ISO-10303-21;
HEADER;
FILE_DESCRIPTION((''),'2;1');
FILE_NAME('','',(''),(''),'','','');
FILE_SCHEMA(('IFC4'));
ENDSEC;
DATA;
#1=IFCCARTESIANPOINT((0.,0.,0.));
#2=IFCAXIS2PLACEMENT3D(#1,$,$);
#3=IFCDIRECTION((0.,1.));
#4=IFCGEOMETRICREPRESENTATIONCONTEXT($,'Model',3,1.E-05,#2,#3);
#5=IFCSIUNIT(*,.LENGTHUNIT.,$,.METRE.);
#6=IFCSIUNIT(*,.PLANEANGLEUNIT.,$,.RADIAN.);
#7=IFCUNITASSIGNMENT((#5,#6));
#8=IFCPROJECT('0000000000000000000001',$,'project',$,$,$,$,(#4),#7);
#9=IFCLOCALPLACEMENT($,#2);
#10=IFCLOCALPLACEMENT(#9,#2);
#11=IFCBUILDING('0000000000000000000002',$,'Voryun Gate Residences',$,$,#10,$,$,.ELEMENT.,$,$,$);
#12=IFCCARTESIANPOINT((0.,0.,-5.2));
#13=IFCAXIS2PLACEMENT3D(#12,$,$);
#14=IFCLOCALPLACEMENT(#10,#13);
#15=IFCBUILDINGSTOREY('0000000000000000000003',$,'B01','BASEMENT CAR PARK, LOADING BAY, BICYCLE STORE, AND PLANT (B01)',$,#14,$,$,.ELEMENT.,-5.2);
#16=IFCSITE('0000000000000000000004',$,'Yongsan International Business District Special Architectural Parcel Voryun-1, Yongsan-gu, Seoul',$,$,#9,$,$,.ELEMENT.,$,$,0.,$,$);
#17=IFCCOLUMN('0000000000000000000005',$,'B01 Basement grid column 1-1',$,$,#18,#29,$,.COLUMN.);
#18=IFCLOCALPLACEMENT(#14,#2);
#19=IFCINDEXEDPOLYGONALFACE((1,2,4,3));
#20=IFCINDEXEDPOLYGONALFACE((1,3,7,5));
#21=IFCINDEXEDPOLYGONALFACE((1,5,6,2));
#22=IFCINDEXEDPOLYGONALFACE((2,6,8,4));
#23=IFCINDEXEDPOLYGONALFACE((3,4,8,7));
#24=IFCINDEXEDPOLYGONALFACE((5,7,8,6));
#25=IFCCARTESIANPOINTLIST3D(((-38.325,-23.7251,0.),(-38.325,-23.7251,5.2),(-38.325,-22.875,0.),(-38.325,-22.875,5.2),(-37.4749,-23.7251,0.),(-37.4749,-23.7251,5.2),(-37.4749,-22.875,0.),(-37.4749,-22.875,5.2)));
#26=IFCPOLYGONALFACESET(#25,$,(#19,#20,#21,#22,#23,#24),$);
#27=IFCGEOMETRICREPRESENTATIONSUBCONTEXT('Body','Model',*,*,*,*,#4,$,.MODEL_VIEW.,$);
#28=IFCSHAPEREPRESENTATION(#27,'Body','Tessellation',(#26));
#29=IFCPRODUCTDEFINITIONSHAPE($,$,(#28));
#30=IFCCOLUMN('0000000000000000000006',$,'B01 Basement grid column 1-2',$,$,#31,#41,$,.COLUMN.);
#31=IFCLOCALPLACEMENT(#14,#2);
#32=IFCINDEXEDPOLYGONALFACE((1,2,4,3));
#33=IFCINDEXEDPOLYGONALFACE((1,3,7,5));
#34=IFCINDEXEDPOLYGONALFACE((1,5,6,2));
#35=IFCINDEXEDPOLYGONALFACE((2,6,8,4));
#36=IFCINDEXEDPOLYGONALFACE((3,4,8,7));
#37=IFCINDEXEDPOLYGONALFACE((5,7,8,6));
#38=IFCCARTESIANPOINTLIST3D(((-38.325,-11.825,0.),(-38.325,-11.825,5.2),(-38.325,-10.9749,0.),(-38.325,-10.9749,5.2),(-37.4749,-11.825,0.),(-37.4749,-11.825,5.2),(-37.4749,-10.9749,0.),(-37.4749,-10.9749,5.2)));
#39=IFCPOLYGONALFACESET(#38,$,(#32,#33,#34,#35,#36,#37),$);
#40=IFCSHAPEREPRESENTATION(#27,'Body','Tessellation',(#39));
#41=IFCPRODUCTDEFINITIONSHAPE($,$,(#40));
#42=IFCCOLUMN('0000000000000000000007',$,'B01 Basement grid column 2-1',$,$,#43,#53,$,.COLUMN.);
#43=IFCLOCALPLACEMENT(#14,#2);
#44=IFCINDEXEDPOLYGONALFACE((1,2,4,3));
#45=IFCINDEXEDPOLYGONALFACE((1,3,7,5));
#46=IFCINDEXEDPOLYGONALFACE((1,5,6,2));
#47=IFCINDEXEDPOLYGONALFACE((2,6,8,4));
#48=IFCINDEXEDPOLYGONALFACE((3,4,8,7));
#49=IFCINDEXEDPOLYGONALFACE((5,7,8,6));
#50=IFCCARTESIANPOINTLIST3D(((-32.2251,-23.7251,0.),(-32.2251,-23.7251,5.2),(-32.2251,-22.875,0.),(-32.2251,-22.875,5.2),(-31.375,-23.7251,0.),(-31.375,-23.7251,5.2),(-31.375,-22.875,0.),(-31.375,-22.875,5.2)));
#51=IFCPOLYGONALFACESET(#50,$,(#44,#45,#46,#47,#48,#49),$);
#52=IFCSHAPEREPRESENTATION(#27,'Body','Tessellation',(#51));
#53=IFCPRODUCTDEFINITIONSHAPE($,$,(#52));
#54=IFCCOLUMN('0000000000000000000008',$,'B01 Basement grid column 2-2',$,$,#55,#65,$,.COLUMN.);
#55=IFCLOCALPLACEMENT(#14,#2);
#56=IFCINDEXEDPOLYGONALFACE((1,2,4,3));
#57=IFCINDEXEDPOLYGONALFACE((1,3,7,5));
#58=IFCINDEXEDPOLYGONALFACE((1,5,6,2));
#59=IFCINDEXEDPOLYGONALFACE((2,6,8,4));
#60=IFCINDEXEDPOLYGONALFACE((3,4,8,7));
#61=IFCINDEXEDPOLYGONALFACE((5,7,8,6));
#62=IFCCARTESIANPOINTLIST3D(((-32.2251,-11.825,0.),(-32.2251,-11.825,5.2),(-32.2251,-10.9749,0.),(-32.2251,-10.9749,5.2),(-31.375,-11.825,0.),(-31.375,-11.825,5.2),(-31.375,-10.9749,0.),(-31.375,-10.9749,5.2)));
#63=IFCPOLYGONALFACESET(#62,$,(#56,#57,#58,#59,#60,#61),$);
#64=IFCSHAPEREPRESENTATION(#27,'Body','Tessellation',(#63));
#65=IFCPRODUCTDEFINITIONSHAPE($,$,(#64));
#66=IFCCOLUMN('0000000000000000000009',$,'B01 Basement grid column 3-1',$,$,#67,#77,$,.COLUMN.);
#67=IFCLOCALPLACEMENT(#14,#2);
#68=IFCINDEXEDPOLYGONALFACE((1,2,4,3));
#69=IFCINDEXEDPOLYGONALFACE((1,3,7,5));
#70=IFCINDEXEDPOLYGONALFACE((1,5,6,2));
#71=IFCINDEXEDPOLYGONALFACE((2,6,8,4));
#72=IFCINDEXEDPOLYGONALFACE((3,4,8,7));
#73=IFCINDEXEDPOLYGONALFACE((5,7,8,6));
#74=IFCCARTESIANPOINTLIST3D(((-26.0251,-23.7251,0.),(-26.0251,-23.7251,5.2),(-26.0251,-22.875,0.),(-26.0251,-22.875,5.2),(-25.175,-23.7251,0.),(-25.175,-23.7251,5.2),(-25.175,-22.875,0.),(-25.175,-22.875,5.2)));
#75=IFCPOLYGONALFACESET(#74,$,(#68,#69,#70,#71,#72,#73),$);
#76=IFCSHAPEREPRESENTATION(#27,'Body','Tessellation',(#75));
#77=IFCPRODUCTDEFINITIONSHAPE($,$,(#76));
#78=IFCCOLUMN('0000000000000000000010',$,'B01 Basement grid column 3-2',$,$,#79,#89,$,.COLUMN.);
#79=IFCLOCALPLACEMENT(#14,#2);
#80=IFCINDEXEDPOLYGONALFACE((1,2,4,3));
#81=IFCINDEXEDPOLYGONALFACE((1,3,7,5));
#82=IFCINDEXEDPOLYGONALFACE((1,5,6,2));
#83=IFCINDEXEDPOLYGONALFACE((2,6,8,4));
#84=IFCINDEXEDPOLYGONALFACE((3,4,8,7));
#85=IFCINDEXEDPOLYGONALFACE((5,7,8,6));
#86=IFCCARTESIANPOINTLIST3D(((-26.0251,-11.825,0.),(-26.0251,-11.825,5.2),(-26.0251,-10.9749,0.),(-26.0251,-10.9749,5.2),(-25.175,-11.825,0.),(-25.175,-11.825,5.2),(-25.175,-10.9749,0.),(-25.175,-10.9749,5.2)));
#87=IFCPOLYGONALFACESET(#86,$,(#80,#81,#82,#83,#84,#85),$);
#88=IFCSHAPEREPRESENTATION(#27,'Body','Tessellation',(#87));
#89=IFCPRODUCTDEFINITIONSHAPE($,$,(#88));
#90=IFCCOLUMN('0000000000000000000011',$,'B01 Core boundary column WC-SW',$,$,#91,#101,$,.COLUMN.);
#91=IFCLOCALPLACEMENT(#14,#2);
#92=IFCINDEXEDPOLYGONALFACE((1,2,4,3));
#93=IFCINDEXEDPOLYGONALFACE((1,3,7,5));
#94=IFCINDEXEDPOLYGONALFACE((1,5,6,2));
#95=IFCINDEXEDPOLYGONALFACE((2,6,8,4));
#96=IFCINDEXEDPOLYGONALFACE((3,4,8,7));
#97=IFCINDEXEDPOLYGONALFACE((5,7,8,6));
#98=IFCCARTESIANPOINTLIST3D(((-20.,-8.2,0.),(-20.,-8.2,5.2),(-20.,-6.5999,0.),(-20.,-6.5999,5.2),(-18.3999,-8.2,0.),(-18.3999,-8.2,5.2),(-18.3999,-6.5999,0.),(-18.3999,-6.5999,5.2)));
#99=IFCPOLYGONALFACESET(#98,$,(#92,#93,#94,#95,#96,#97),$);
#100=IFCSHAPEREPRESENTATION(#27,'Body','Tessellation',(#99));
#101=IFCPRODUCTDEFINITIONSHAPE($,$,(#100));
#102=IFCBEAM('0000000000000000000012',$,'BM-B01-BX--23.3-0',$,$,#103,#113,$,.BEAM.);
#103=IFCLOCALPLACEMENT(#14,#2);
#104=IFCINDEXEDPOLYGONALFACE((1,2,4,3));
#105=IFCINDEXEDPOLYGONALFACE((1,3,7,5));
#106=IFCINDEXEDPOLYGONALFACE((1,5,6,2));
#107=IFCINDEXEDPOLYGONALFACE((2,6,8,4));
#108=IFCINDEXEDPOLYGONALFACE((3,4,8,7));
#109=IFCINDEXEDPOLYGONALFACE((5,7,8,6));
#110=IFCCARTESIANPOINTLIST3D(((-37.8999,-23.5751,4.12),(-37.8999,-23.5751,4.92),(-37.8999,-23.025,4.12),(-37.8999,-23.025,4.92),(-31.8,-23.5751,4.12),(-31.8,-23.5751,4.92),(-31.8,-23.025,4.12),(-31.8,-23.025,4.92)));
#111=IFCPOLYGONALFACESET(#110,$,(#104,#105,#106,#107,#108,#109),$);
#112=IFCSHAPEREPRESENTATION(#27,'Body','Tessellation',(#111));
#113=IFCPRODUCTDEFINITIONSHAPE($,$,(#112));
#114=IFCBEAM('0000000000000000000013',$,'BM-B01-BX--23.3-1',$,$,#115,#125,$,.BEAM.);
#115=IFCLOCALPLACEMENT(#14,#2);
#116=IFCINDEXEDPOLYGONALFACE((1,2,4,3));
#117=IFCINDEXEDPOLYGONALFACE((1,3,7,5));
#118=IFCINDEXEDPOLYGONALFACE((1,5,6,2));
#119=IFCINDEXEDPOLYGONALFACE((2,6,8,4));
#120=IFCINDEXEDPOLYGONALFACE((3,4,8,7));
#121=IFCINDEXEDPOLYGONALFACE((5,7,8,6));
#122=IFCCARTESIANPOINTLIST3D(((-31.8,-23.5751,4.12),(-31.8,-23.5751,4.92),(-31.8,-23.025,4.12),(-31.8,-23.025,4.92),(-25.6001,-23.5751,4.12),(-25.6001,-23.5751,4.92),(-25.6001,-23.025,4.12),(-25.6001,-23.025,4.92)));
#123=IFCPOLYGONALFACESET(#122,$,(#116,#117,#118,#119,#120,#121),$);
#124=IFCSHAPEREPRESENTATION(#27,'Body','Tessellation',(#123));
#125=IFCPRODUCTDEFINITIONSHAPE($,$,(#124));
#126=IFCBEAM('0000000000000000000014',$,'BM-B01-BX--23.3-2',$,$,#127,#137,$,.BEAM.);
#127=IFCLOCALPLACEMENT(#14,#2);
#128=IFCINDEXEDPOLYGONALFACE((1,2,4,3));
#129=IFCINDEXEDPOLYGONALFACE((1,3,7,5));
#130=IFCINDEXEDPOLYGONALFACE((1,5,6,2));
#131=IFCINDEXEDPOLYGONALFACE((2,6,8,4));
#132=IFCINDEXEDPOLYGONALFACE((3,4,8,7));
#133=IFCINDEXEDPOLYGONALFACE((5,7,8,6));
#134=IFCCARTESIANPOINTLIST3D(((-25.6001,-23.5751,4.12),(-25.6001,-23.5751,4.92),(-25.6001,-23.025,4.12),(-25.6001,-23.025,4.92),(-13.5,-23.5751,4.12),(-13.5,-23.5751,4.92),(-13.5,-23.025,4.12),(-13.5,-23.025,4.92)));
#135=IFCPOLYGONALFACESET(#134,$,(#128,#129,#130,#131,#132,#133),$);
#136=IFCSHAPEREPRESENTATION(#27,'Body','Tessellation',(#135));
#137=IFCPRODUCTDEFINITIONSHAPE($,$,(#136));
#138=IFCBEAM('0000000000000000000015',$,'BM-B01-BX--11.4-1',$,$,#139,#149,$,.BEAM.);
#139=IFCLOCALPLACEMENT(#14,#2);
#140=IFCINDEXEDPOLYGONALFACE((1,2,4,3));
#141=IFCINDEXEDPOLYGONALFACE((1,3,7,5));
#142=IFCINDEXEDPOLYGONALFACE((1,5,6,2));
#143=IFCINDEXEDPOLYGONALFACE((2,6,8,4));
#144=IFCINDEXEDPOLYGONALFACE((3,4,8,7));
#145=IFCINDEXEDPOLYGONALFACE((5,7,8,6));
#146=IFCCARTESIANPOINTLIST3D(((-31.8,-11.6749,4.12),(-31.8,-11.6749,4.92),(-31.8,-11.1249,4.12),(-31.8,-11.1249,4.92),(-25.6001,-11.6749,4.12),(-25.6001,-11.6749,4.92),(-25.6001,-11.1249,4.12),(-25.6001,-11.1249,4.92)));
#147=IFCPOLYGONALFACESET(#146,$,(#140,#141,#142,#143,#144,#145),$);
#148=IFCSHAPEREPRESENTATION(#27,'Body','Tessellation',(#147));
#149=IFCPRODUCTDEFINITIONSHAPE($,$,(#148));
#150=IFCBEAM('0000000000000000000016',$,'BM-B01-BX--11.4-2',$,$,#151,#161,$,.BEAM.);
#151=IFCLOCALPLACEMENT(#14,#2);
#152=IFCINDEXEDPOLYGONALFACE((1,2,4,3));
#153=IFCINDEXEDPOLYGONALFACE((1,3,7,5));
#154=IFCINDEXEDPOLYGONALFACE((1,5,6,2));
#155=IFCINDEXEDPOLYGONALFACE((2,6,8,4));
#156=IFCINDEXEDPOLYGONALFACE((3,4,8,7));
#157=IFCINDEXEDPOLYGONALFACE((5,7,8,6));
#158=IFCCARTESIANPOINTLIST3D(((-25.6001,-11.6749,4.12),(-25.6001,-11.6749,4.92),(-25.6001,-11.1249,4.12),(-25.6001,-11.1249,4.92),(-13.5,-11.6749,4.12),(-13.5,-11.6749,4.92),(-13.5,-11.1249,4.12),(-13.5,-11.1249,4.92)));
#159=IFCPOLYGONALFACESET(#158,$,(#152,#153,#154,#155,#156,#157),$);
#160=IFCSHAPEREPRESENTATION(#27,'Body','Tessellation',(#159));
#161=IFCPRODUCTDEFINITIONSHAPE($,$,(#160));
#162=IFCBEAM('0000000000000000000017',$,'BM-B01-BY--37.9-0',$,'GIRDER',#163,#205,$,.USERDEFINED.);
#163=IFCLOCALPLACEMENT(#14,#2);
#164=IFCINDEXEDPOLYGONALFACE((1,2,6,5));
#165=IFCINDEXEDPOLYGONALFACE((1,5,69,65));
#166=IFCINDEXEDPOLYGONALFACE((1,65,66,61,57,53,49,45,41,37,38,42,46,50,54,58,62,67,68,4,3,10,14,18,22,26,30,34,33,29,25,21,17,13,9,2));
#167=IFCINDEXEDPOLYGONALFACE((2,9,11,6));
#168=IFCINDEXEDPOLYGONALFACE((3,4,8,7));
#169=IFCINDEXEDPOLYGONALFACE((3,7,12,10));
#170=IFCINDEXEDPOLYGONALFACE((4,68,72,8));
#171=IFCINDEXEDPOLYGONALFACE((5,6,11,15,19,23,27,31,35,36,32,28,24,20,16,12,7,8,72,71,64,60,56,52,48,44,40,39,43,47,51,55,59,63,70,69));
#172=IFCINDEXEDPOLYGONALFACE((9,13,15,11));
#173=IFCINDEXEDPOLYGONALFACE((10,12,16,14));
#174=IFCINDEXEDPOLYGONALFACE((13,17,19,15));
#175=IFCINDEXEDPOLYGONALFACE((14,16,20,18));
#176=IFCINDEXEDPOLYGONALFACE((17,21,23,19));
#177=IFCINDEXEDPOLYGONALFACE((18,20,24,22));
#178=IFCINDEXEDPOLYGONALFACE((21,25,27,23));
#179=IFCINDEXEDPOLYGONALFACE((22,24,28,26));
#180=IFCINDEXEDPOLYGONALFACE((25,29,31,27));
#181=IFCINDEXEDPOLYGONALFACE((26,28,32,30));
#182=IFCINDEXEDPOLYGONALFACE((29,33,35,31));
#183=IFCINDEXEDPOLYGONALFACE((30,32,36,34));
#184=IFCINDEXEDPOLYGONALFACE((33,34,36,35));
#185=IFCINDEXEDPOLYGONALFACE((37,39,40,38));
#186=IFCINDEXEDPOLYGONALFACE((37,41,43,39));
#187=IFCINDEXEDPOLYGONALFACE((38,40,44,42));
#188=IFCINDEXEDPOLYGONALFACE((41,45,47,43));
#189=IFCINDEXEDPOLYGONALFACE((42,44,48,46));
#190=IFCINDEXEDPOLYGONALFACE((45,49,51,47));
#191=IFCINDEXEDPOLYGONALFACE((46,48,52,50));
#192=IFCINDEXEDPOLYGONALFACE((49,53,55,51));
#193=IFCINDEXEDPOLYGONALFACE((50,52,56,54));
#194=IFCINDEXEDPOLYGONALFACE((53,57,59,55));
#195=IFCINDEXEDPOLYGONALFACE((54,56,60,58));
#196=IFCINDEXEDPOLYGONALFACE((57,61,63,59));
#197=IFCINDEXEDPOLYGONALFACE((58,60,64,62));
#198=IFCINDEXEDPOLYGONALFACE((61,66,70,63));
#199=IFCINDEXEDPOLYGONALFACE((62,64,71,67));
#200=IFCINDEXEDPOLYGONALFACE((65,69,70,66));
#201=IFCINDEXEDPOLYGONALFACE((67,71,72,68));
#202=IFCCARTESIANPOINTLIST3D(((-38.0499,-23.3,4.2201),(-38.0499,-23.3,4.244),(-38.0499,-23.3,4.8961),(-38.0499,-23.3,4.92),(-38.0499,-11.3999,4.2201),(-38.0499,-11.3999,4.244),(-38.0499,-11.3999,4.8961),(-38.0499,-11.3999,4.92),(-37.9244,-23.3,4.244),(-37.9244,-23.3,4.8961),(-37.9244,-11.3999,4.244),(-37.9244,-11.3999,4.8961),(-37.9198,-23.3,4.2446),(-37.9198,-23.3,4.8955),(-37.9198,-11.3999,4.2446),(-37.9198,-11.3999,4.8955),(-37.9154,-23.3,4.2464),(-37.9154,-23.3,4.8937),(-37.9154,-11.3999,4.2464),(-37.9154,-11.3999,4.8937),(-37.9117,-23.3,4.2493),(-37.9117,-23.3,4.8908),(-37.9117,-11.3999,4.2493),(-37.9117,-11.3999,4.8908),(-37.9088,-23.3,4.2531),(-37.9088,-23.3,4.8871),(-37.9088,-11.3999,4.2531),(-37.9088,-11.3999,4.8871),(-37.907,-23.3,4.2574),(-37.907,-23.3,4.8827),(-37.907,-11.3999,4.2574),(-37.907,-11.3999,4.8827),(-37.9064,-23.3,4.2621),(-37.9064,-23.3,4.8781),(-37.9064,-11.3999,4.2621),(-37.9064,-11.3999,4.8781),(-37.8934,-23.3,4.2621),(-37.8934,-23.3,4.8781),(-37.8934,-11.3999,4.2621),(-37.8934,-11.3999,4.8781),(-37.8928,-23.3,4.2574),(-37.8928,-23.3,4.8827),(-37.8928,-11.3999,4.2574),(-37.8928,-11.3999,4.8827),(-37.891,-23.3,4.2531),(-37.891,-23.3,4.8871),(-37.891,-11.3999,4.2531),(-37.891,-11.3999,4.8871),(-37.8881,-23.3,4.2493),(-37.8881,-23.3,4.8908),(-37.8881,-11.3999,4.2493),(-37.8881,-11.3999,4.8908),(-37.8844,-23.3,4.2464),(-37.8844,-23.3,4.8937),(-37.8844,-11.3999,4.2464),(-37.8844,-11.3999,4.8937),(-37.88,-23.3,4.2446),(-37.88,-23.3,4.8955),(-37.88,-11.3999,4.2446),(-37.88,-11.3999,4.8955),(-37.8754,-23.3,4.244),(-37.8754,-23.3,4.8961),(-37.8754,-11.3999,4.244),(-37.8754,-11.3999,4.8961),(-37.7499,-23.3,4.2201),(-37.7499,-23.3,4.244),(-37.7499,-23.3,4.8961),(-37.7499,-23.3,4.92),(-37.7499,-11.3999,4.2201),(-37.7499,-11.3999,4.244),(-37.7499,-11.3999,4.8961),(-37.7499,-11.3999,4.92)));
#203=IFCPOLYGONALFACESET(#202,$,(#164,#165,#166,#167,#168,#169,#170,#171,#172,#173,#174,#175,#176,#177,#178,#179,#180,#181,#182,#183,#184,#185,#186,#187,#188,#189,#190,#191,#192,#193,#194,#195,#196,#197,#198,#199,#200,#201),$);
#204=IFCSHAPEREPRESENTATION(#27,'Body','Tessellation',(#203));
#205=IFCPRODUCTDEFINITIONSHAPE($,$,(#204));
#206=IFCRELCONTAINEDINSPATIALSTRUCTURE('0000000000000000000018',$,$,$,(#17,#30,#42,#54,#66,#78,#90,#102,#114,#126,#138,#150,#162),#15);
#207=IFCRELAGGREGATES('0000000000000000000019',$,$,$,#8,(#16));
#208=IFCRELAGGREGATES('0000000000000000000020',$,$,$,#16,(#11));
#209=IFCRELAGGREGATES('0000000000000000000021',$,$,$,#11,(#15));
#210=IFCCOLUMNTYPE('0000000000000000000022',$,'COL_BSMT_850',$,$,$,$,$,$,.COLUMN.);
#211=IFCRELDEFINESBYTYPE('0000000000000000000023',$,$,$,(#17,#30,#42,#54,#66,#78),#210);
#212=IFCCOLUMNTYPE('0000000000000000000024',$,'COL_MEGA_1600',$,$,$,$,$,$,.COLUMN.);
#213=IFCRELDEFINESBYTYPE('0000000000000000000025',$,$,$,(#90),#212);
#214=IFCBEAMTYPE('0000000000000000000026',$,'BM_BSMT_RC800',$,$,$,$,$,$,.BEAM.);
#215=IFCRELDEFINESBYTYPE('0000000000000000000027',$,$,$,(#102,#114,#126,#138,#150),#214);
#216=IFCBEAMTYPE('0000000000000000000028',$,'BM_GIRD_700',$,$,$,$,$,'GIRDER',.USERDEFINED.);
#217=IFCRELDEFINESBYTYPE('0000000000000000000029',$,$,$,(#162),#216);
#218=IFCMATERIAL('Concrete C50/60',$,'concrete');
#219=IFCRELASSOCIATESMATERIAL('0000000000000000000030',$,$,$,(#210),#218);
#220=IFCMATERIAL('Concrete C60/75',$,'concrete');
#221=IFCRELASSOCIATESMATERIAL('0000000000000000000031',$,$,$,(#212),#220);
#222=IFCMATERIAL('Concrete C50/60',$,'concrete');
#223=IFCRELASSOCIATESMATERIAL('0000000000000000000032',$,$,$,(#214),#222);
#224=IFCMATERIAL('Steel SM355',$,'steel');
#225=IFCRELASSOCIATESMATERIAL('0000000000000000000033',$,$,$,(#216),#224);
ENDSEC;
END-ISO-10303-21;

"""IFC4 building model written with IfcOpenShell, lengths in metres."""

from ifc_helpers import new_model, si_unit, direction, frame, origin, origin_2d, place, context, subcontext, project, spatial, rectangle, i_section, extrude, material, material_profile, profile_set, type_object, element, save


model = new_model("IFC4")

# Units and contexts
model_context = context("Model", 3, precision=1e-05, world=origin(), true_north=direction((0.0, 1.0)))
body_context = subcontext(model_context, "Body", "Model", "MODEL_VIEW")
ifc_project = project(units=[si_unit("LENGTHUNIT", "METRE"), si_unit("PLANEANGLEUNIT", "RADIAN")], contexts=[model_context])

# Site, building, storey
site_placement = place(None, origin())
site = spatial("IfcSite", under=ifc_project, at=site_placement, Name="Yongsan International Business District Special Architectural Parcel Voryun-1, Yongsan-gu, Seoul", CompositionType="ELEMENT", RefElevation=0.0)
building_placement = place(site_placement, origin())
building = spatial("IfcBuilding", under=site, at=building_placement, Name="Voryun Gate Residences", CompositionType="ELEMENT")
storey_placement = place(building_placement, frame((0.0, 0.0, -5.2)))
storey = spatial("IfcBuildingStorey", under=building, at=storey_placement, Name="B01", Description="BASEMENT CAR PARK, LOADING BAY, BICYCLE STORE, AND PLANT (B01)", CompositionType="ELEMENT", Elevation=-5.2)

# Columns
ifc_material_1 = material(Name="Concrete C50/60", Category="concrete")
ifc_material_profile_1 = material_profile(ifc_material_1, rectangle(XDim=0.8501, YDim=0.8501, at=origin_2d()), Name="RC-850x850")
ifc_profile_set_1 = profile_set([ifc_material_profile_1], Name="Concrete C50/60")
column_type_1 = type_object("IfcColumnType", Name="COL_BSMT_850", PredefinedType="COLUMN", material=ifc_profile_set_1)
for number, where, z_axis, x_axis, name in (
    (1, (-37.8999, -23.3, 0.0), (0.0, 0.0, 1.0), (1.0, 0.0, 0.0), "B01 Basement grid column 1-1"),
    (2, (-37.8999, -11.3999, 0.0), (0.0, 0.0, 1.0), (1.0, 0.0, 0.0), "B01 Basement grid column 1-2"),
    (3, (-31.8, -23.3, 0.0), (0.0, 0.0, 1.0), (1.0, 0.0, 0.0), "B01 Basement grid column 2-1"),
    (4, (-31.8, -11.3999, 0.0), (0.0, 0.0, 1.0), (1.0, 0.0, 0.0), "B01 Basement grid column 2-2"),
    (5, (-25.6001, -23.3, 0.0), (0.0, 0.0, 1.0), (1.0, 0.0, 0.0), "B01 Basement grid column 3-1"),
    (6, (-25.6001, -11.3999, 0.0), (0.0, 0.0, 1.0), (1.0, 0.0, 0.0), "B01 Basement grid column 3-2"),
):
    element("IfcColumn", number, at=place(storey_placement, frame(where, z_axis=z_axis, x_axis=x_axis)), inside=storey, type_object=column_type_1, Name=name, PredefinedType="COLUMN", context=body_context, shape_type="SweptSolid", body=[
        extrude(rectangle(XDim=0.8501, YDim=0.8501, at=origin_2d()), origin(), (0.0, 0.0, 1.0), 5.2),
    ])
ifc_material_2 = material(Name="Concrete C60/75", Category="concrete")
ifc_material_profile_2 = material_profile(ifc_material_2, rectangle(XDim=1.6001, YDim=1.6001, at=origin_2d()), Name="RC-1600x1600")
ifc_profile_set_2 = profile_set([ifc_material_profile_2], Name="Concrete C60/75")
column_type_2 = type_object("IfcColumnType", Name="COL_MEGA_1600", PredefinedType="COLUMN", material=ifc_profile_set_2)
column_placement = place(storey_placement, frame((-19.2, -7.3999, 0.0), z_axis=(0.0, 0.0, 1.0), x_axis=(1.0, 0.0, 0.0)))
element("IfcColumn", 7, at=column_placement, inside=storey, type_object=column_type_2, Name="B01 Core boundary column WC-SW", PredefinedType="COLUMN", context=body_context, shape_type="SweptSolid", body=[
    extrude(rectangle(XDim=1.6001, YDim=1.6001, at=origin_2d()), origin(), (0.0, 0.0, 1.0), 5.2),
])

# Beams
ifc_material_3 = material(Name="Concrete C50/60", Category="concrete")
ifc_material_profile_3 = material_profile(ifc_material_3, rectangle(XDim=0.55, YDim=0.8, at=origin_2d()), Name="RC-550x800")
ifc_profile_set_3 = profile_set([ifc_material_profile_3], Name="Concrete C50/60")
beam_type_1 = type_object("IfcBeamType", Name="BM_BSMT_RC800", PredefinedType="BEAM", material=ifc_profile_set_3)
beam_1_placement = place(storey_placement, frame((-37.8999, -23.3, 4.52), z_axis=(1.0, 0.0, 0.0), x_axis=(0.0, 1.0, 0.0)))
element("IfcBeam", 8, at=beam_1_placement, inside=storey, type_object=beam_type_1, Name="BM-B01-BX--23.3-0", PredefinedType="BEAM", context=body_context, shape_type="SweptSolid", body=[
    extrude(rectangle(XDim=0.55, YDim=0.8, at=origin_2d()), origin(), (0.0, 0.0, 1.0), 6.0999),
])
beam_2_placement = place(storey_placement, frame((-31.8, -23.3, 4.52), z_axis=(1.0, 0.0, 0.0), x_axis=(0.0, 1.0, 0.0)))
element("IfcBeam", 9, at=beam_2_placement, inside=storey, type_object=beam_type_1, Name="BM-B01-BX--23.3-1", PredefinedType="BEAM", context=body_context, shape_type="SweptSolid", body=[
    extrude(rectangle(XDim=0.55, YDim=0.8, at=origin_2d()), origin(), (0.0, 0.0, 1.0), 6.2),
])
beam_3_placement = place(storey_placement, frame((-25.6001, -23.3, 4.52), z_axis=(1.0, 0.0, 0.0), x_axis=(0.0, 1.0, 0.0)))
element("IfcBeam", 10, at=beam_3_placement, inside=storey, type_object=beam_type_1, Name="BM-B01-BX--23.3-2", PredefinedType="BEAM", context=body_context, shape_type="SweptSolid", body=[
    extrude(rectangle(XDim=0.55, YDim=0.8, at=origin_2d()), origin(), (0.0, 0.0, 1.0), 12.1001),
])
beam_4_placement = place(storey_placement, frame((-31.8, -11.3999, 4.52), z_axis=(1.0, 0.0, 0.0), x_axis=(0.0, 1.0, 0.0)))
element("IfcBeam", 11, at=beam_4_placement, inside=storey, type_object=beam_type_1, Name="BM-B01-BX--11.4-1", PredefinedType="BEAM", context=body_context, shape_type="SweptSolid", body=[
    extrude(rectangle(XDim=0.55, YDim=0.8, at=origin_2d()), origin(), (0.0, 0.0, 1.0), 6.2),
])
beam_5_placement = place(storey_placement, frame((-25.6001, -11.3999, 4.52), z_axis=(1.0, 0.0, 0.0), x_axis=(0.0, 1.0, 0.0)))
element("IfcBeam", 12, at=beam_5_placement, inside=storey, type_object=beam_type_1, Name="BM-B01-BX--11.4-2", PredefinedType="BEAM", context=body_context, shape_type="SweptSolid", body=[
    extrude(rectangle(XDim=0.55, YDim=0.8, at=origin_2d()), origin(), (0.0, 0.0, 1.0), 12.1001),
])
ifc_material_4 = material(Name="Steel SM355", Category="steel")
ifc_material_profile_4 = material_profile(ifc_material_4, i_section(OverallWidth=0.3, OverallDepth=0.7, WebThickness=0.0129, FlangeThickness=0.0239, FilletRadius=0.0181, at=origin_2d()), Name="H-700x300x13x24")
ifc_profile_set_4 = profile_set([ifc_material_profile_4], Name="Steel SM355")
beam_type_2 = type_object("IfcBeamType", Name="BM_GIRD_700", ElementType="GIRDER", PredefinedType="USERDEFINED", material=ifc_profile_set_4)
beam_6_placement = place(storey_placement, frame((-37.8999, -23.3, 4.5701), z_axis=(0.0, 1.0, 0.0), x_axis=(-1.0, 0.0, 0.0)))
element("IfcBeam", 13, at=beam_6_placement, inside=storey, type_object=beam_type_2, Name="BM-B01-BY--37.9-0", ObjectType="GIRDER", PredefinedType="USERDEFINED", context=body_context, shape_type="SweptSolid", body=[
    extrude(i_section(OverallWidth=0.3, OverallDepth=0.7, WebThickness=0.0129, FlangeThickness=0.0239, FilletRadius=0.0181, at=origin_2d()), origin(), (0.0, 0.0, 1.0), 11.9001),
])

save(model, "model.ifc")
